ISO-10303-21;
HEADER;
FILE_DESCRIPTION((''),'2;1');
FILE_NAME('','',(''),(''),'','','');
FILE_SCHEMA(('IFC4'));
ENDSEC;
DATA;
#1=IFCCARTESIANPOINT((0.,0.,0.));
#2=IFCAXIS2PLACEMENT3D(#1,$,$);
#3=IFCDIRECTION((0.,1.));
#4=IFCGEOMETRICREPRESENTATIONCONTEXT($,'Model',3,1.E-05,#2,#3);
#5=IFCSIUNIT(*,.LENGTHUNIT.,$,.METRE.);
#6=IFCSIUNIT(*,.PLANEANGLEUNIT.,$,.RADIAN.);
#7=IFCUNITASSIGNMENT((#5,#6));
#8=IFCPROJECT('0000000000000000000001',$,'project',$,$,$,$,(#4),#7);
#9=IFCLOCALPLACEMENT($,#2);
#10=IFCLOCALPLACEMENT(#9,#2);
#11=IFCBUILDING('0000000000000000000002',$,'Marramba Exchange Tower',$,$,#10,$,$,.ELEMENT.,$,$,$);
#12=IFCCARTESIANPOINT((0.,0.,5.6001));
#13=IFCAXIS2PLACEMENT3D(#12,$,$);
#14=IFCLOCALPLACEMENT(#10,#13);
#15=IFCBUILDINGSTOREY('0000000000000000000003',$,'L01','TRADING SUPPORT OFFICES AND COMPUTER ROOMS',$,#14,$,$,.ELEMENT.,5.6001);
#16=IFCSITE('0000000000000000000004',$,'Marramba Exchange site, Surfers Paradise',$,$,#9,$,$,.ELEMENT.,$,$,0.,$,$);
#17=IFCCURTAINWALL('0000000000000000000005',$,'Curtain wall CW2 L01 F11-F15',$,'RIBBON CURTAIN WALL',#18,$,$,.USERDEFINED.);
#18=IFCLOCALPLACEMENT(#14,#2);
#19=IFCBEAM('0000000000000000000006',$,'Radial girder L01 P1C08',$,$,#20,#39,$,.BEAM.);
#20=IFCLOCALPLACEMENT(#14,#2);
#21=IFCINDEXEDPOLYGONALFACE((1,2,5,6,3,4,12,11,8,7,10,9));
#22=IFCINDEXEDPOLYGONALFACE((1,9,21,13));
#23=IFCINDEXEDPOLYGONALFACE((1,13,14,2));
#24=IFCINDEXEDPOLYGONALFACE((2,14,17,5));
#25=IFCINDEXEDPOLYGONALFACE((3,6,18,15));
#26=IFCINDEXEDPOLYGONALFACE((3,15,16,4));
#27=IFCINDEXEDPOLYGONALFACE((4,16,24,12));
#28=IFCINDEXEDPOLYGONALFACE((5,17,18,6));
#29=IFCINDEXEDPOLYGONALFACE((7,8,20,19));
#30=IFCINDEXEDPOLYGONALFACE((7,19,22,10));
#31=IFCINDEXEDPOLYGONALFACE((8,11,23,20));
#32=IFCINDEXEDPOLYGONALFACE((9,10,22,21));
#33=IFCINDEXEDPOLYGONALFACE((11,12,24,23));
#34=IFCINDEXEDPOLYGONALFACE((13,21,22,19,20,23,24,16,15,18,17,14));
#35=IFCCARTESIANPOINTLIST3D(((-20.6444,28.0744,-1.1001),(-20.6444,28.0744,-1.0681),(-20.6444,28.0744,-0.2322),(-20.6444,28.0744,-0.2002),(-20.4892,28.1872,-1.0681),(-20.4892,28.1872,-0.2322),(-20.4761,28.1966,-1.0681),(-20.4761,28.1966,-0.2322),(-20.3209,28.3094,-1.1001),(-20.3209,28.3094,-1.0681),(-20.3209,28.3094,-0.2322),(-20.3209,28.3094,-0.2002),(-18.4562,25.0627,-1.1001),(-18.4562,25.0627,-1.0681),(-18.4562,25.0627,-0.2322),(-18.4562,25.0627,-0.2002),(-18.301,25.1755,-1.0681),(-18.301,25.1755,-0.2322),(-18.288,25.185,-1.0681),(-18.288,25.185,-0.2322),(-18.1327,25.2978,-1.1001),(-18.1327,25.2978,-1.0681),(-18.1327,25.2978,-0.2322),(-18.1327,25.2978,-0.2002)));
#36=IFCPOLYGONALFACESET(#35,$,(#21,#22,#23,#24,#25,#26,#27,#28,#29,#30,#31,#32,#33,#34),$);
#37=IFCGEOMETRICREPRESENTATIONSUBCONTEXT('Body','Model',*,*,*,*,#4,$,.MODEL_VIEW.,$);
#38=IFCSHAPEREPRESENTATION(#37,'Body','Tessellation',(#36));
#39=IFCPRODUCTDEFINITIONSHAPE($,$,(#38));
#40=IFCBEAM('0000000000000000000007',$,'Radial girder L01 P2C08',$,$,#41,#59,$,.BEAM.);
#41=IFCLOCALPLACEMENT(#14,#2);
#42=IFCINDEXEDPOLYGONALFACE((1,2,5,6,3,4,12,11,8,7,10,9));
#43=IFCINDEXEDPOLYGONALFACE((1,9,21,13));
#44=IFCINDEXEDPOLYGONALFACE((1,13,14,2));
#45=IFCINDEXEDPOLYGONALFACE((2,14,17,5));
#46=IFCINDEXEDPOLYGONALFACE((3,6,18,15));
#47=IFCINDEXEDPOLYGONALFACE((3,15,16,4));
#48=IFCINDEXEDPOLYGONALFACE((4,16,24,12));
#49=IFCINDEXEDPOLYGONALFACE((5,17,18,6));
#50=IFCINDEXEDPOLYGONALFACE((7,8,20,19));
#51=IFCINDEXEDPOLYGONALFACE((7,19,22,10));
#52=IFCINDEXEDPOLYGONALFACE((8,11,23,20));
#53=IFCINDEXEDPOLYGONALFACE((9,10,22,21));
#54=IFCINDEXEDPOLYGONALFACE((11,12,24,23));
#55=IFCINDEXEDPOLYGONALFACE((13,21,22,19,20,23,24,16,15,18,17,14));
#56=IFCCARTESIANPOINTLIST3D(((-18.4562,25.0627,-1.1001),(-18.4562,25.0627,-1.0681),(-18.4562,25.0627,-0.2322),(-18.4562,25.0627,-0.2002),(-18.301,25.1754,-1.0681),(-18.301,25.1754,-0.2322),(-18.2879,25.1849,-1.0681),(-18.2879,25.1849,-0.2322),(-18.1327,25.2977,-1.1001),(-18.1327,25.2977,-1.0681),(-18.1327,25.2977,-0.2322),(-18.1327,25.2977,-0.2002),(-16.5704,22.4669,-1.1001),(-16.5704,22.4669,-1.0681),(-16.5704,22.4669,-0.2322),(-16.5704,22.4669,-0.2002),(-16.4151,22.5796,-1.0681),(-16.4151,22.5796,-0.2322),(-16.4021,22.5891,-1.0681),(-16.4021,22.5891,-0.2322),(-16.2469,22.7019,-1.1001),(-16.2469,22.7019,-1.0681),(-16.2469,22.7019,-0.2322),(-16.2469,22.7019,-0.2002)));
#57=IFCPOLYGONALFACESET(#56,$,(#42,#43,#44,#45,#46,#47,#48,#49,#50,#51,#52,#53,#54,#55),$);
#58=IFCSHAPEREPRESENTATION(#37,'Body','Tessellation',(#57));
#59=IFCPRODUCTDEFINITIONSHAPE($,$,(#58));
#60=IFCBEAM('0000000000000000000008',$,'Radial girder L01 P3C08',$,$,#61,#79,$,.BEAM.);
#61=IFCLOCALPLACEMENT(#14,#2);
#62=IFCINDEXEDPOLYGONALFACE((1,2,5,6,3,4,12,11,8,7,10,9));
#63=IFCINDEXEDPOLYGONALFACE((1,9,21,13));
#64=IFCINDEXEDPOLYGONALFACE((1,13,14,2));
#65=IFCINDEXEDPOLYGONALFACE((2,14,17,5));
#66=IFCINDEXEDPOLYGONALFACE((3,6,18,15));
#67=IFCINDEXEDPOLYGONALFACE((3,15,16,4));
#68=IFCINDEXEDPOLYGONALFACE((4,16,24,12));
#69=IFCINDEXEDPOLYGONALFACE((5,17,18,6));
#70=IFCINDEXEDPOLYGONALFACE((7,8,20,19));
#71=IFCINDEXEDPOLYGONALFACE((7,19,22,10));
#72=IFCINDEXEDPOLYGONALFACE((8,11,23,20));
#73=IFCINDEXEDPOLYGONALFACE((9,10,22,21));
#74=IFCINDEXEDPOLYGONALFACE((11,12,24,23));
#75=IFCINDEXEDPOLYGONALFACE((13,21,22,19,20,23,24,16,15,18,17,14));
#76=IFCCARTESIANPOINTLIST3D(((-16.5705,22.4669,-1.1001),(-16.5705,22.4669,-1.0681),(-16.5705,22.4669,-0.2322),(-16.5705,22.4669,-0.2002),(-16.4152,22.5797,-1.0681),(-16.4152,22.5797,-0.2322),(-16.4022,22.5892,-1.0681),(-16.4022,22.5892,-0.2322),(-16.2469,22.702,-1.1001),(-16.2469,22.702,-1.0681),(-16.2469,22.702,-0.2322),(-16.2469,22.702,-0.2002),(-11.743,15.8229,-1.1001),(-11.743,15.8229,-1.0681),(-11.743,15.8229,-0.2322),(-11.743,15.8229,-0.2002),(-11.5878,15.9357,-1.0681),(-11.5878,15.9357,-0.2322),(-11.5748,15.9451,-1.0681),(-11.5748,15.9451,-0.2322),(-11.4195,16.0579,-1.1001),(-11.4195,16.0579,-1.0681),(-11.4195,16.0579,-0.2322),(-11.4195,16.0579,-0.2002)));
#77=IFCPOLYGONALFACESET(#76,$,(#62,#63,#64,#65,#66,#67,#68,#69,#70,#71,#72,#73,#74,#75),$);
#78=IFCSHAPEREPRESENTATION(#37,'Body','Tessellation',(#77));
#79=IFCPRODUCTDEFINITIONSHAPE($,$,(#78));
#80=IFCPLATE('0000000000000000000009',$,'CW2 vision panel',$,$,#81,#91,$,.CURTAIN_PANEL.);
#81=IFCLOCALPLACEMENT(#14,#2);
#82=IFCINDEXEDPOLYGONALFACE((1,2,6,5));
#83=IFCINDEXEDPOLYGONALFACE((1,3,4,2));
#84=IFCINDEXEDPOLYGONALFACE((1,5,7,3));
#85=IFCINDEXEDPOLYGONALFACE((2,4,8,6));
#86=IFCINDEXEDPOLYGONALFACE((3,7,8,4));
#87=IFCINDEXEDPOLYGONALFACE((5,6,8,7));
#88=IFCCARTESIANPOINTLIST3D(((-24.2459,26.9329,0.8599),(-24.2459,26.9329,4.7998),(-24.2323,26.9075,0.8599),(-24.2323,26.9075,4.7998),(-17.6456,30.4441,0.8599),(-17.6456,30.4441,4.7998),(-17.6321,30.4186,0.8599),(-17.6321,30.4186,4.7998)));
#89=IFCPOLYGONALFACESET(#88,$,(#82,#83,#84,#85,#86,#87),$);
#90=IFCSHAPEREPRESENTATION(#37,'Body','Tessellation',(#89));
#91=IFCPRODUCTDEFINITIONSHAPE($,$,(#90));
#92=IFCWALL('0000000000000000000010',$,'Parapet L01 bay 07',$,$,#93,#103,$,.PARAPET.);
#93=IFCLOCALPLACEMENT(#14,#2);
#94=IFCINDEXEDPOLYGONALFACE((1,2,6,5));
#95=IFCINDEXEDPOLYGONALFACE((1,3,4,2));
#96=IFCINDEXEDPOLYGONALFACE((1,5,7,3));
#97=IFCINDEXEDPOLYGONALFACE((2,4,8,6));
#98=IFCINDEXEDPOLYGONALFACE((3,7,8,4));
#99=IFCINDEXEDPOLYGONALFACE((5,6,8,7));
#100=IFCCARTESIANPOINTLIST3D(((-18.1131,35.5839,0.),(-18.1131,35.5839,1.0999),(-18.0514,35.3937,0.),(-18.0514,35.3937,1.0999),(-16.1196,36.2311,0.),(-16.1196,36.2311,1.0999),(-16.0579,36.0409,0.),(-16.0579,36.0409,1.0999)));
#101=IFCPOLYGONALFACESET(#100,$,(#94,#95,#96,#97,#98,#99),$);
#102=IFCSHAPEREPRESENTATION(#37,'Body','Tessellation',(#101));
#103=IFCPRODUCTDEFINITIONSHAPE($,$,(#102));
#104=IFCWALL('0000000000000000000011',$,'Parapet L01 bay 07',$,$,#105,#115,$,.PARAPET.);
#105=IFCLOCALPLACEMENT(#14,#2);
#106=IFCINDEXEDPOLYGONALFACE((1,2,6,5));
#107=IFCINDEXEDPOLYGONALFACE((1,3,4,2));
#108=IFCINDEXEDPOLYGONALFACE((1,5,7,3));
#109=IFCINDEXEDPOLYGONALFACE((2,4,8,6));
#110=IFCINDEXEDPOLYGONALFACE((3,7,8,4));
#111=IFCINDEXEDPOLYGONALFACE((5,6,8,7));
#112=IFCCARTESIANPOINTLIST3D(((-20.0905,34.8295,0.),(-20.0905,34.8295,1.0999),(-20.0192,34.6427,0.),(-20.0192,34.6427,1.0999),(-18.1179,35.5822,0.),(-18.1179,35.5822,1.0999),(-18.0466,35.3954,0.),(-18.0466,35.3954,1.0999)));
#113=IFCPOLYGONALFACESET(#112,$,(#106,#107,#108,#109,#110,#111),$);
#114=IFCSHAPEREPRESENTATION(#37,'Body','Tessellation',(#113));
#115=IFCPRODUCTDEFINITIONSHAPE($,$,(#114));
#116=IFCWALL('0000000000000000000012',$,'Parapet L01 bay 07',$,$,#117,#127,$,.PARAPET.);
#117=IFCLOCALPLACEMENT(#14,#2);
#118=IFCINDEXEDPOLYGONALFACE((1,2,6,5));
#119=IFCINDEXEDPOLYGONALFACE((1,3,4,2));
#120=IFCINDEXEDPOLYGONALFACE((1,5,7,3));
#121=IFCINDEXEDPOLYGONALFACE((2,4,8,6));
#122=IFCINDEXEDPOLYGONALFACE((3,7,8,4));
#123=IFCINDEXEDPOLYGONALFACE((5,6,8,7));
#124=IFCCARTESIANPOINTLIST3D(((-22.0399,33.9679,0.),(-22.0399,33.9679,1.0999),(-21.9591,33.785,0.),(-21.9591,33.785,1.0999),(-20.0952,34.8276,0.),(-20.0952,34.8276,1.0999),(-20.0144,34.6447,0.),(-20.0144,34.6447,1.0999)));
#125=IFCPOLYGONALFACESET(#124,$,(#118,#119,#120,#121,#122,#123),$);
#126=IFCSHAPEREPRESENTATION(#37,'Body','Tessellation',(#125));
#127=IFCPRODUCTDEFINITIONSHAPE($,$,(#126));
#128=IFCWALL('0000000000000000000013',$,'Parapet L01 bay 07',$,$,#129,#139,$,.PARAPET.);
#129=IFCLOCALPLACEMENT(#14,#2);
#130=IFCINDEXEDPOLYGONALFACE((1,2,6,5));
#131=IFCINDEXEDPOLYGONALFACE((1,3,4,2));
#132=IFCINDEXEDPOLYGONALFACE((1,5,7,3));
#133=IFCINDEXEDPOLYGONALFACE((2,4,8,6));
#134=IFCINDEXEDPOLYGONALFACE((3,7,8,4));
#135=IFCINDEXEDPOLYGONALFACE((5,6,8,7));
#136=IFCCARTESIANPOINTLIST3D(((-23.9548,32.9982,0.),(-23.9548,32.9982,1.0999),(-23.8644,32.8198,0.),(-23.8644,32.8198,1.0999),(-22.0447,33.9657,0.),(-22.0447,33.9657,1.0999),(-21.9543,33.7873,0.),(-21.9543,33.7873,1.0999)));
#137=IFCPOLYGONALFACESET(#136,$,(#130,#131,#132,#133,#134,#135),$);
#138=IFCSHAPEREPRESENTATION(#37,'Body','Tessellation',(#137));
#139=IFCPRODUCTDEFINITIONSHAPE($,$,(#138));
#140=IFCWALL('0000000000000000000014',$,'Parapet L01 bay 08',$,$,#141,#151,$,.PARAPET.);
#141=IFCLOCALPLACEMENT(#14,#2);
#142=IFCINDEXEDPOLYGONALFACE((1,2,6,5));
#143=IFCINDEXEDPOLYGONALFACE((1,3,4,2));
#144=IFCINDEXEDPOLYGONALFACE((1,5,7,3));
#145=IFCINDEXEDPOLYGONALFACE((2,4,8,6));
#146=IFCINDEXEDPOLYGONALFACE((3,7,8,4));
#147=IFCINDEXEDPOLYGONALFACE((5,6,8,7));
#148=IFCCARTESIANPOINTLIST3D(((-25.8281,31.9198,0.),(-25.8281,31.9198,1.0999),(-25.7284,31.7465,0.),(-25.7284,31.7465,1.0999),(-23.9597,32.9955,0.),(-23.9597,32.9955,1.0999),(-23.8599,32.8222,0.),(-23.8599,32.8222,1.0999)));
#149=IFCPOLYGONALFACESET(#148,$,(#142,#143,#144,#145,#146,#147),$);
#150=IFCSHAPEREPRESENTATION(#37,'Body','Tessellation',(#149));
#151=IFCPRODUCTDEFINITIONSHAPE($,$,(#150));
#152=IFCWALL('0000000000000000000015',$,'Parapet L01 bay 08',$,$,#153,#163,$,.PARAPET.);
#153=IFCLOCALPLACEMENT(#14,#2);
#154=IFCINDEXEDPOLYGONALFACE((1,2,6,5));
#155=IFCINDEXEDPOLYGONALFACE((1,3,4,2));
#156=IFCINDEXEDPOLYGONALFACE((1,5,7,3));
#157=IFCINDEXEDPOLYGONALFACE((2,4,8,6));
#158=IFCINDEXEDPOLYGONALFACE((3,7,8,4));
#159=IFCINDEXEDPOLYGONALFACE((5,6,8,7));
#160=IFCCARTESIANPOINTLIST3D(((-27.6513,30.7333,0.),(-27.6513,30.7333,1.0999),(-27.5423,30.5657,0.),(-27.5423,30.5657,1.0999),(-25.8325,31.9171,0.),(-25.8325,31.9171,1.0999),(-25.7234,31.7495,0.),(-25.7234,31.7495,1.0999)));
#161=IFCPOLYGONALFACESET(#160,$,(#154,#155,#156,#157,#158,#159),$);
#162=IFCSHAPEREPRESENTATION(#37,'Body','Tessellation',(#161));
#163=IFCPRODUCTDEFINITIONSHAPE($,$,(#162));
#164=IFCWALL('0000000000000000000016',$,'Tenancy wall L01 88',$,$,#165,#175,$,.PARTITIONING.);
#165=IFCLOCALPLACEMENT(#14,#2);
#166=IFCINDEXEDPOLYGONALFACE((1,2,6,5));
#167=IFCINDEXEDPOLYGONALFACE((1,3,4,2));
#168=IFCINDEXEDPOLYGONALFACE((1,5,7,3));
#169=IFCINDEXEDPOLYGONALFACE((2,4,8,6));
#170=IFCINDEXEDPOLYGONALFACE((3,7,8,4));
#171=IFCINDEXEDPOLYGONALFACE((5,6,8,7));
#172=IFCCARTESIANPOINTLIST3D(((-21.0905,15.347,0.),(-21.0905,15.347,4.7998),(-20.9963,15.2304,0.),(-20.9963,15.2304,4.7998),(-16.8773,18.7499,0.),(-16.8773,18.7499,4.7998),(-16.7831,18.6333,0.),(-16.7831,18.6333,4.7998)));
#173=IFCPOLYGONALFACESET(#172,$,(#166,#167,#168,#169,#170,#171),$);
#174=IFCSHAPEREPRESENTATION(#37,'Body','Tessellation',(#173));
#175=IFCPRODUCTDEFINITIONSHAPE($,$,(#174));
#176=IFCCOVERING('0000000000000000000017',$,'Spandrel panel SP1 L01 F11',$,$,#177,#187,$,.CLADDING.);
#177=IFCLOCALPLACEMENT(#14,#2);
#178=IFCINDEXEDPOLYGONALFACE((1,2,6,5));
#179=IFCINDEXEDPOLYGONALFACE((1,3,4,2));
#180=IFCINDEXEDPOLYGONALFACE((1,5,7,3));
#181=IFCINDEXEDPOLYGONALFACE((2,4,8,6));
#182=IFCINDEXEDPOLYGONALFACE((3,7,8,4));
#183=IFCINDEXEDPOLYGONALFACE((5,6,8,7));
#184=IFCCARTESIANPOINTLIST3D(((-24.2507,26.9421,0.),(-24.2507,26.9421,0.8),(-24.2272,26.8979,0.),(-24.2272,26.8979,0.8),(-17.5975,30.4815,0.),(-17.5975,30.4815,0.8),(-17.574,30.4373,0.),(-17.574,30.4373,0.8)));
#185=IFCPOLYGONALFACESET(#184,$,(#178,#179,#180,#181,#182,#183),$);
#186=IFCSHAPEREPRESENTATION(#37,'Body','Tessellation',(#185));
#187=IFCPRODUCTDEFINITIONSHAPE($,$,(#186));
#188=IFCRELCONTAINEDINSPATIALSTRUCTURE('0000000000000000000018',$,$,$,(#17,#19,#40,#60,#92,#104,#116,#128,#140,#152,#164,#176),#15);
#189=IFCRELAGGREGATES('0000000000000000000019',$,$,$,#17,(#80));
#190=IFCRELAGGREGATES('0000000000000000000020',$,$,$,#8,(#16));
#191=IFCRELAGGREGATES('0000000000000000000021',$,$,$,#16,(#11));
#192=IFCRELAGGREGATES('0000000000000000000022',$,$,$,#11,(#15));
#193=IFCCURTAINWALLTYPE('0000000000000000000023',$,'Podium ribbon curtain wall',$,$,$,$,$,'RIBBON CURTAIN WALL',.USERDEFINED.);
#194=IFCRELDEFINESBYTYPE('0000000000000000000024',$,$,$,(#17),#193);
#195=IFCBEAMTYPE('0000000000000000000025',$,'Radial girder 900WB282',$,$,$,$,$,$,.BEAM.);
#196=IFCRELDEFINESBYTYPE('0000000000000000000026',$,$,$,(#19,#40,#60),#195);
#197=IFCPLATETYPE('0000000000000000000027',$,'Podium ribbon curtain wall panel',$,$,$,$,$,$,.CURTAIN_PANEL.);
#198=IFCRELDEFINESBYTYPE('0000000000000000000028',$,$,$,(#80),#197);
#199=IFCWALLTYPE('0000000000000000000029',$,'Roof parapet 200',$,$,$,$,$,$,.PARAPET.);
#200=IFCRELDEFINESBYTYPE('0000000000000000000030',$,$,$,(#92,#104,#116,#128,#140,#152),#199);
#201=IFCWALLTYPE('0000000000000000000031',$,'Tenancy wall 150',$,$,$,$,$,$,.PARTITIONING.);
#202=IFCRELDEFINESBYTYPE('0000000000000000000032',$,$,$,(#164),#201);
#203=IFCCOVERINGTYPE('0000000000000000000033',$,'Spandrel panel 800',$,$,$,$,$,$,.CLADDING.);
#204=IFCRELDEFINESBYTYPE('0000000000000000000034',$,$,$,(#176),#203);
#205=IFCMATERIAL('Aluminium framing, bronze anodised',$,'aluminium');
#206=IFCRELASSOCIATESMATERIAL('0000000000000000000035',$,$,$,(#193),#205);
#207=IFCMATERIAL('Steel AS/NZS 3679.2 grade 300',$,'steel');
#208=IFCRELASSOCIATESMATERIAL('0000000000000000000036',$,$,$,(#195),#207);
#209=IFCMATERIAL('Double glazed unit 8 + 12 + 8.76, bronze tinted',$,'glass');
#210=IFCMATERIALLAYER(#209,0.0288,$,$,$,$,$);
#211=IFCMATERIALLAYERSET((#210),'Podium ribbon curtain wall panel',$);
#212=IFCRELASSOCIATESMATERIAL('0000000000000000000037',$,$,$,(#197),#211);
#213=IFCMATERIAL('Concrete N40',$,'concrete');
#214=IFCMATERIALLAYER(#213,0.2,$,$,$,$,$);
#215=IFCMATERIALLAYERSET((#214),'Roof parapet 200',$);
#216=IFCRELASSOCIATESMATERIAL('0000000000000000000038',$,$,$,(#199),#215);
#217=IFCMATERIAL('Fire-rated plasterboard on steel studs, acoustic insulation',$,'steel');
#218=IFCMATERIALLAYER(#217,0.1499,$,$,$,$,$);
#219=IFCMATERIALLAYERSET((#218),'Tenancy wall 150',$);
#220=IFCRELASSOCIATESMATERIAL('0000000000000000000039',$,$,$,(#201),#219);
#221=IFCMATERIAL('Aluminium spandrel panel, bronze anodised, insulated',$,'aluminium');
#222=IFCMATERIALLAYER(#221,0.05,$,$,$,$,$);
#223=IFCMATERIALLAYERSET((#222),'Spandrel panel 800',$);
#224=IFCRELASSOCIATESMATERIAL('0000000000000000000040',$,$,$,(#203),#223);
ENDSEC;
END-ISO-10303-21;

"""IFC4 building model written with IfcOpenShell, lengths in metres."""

from ifc_helpers import new_model, si_unit, direction, frame, frame_2d, origin, origin_2d, place, context, subcontext, project, spatial, rectangle, i_section, extrude, material, layer, layer_set, material_profile, profile_set, type_object, element, aggregate, save


model = new_model("IFC4")

# Units and contexts
model_context = context("Model", 3, precision=1e-05, world=origin(), true_north=direction((0.0, 1.0)))
body_context = subcontext(model_context, "Body", "Model", "MODEL_VIEW")
ifc_project = project(units=[si_unit("LENGTHUNIT", "METRE"), si_unit("PLANEANGLEUNIT", "RADIAN")], contexts=[model_context])

# Site, building, storey
site_placement = place(None, origin())
site = spatial("IfcSite", under=ifc_project, at=site_placement, Name="Marramba Exchange site, Surfers Paradise", CompositionType="ELEMENT", RefElevation=0.0)
building_placement = place(site_placement, origin())
building = spatial("IfcBuilding", under=site, at=building_placement, Name="Marramba Exchange Tower", CompositionType="ELEMENT")
storey_placement = place(building_placement, frame((0.0, 0.0, 5.6001)))
storey = spatial("IfcBuildingStorey", under=building, at=storey_placement, Name="L01", Description="TRADING SUPPORT OFFICES AND COMPUTER ROOMS", CompositionType="ELEMENT", Elevation=5.6001)

# Curtain wall
ifc_material_1 = material(Name="Aluminium framing, bronze anodised", Category="aluminium")
curtain_wall_type = type_object("IfcCurtainWallType", Name="Podium ribbon curtain wall", ElementType="RIBBON CURTAIN WALL", PredefinedType="USERDEFINED", material=ifc_material_1)
curtain_wall_placement = place(storey_placement, origin())
curtain_wall = element("IfcCurtainWall", 1, at=curtain_wall_placement, inside=storey, type_object=curtain_wall_type, Name="Curtain wall CW2 L01 F11-F15", ObjectType="RIBBON CURTAIN WALL", PredefinedType="USERDEFINED")

# Beams
ifc_material_2 = material(Name="Steel AS/NZS 3679.2 grade 300", Category="steel")
ifc_material_profile_1 = material_profile(ifc_material_2, i_section(OverallWidth=0.3999, OverallDepth=0.8999, WebThickness=0.0161, FlangeThickness=0.032, at=origin_2d()), Name="900WB282")
ifc_profile_set_1 = profile_set([ifc_material_profile_1], Name="Steel AS/NZS 3679.2 grade 300")
beam_type_1 = type_object("IfcBeamType", Name="Radial girder 900WB282", PredefinedType="BEAM", material=ifc_profile_set_1)
beam_1_placement = place(storey_placement, frame((-20.4827, 28.1919, -0.6501), z_axis=(0.587801, -0.809005, 0.0), x_axis=(0.809005, 0.587801, 0.0)))
element("IfcBeam", 2, at=beam_1_placement, inside=storey, type_object=beam_type_1, Name="Radial girder L01 P1C08", PredefinedType="BEAM", context=body_context, shape_type="SweptSolid", body=[
    extrude(i_section(OverallWidth=0.3999, OverallDepth=0.8999, WebThickness=0.0161, FlangeThickness=0.032, at=origin_2d()), origin(), (0.0, 0.0, 1.0), 3.7227),
])
beam_2_placement = place(storey_placement, frame((-18.2944, 25.1802, -0.6501), z_axis=(0.587755, -0.809039, 0.0), x_axis=(0.809039, 0.587755, 0.0)))
element("IfcBeam", 3, at=beam_2_placement, inside=storey, type_object=beam_type_1, Name="Radial girder L01 P2C08", PredefinedType="BEAM", context=body_context, shape_type="SweptSolid", body=[
    extrude(i_section(OverallWidth=0.3999, OverallDepth=0.8999, WebThickness=0.0161, FlangeThickness=0.032, at=origin_2d()), origin(), (0.0, 0.0, 1.0), 3.2085),
])
beam_3_placement = place(storey_placement, frame((-16.4087, 22.5845, -0.6501), z_axis=(0.587802, -0.809005, 0.0), x_axis=(0.809005, 0.587802, 0.0)))
element("IfcBeam", 4, at=beam_3_placement, inside=storey, type_object=beam_type_1, Name="Radial girder L01 P3C08", PredefinedType="BEAM", context=body_context, shape_type="SweptSolid", body=[
    extrude(i_section(OverallWidth=0.3999, OverallDepth=0.8999, WebThickness=0.0161, FlangeThickness=0.032, at=origin_2d()), origin(), (0.0, 0.0, 1.0), 8.2126),
])

# Plate
ifc_material_3 = material(Name="Double glazed unit 8 + 12 + 8.76, bronze tinted", Category="glass")
ifc_layer_1 = layer(ifc_material_3, 0.0288)
ifc_layer_set_1 = layer_set([ifc_layer_1], Name="Podium ribbon curtain wall panel")
plate_type = type_object("IfcPlateType", Name="Podium ribbon curtain wall panel", PredefinedType="CURTAIN_PANEL", material=ifc_layer_set_1)
plate_placement = place(storey_placement, frame((-20.939, 28.6758, 0.8599), z_axis=(0.0, 0.0, 1.0), x_axis=(-0.882851, -0.469654, 0.0)))
plate = element("IfcPlate", 5, at=plate_placement, type_object=plate_type, Name="CW2 vision panel", PredefinedType="CURTAIN_PANEL", context=body_context, shape_type="SweptSolid", body=[
    extrude(rectangle(XDim=7.4761, YDim=0.0288, at=origin_2d()), origin(), (0.0, 0.0, 1.0), 3.9399),
])
aggregate(curtain_wall, [plate])

# Walls
ifc_material_4 = material(Name="Concrete N40", Category="concrete")
ifc_layer_2 = layer(ifc_material_4, 0.2)
ifc_layer_set_2 = layer_set([ifc_layer_2], Name="Roof parapet 200")
wall_type_1 = type_object("IfcWallType", Name="Roof parapet 200", PredefinedType="PARAPET", material=ifc_layer_set_2)
wall_1_placement = place(storey_placement, frame((-16.0889, 36.136, 0.0), z_axis=(0.0, 0.0, 1.0), x_axis=(-0.951124, -0.308809, 0.0)))
element("IfcWall", 6, at=wall_1_placement, inside=storey, type_object=wall_type_1, Name="Parapet L01 bay 07", PredefinedType="PARAPET", context=body_context, shape_type="SweptSolid", body=[
    extrude(rectangle(XDim=2.0959, YDim=0.2, at=frame_2d((1.0479, 0.0))), origin(), (0.0, 0.0, 1.0), 1.0999),
])
wall_2_placement = place(storey_placement, frame((-18.0823, 35.4888, 0.0), z_axis=(0.0, 0.0, 1.0), x_axis=(-0.934299, -0.356491, 0.0)))
element("IfcWall", 7, at=wall_2_placement, inside=storey, type_object=wall_type_1, Name="Parapet L01 bay 07", PredefinedType="PARAPET", context=body_context, shape_type="SweptSolid", body=[
    extrude(rectangle(XDim=2.1113, YDim=0.2, at=frame_2d((1.0557, 0.0))), origin(), (0.0, 0.0, 1.0), 1.0999),
])
wall_3_placement = place(storey_placement, frame((-20.0549, 34.7361, 0.0), z_axis=(0.0, 0.0, 1.0), x_axis=(-0.914619, -0.404316, 0.0)))
element("IfcWall", 8, at=wall_3_placement, inside=storey, type_object=wall_type_1, Name="Parapet L01 bay 07", PredefinedType="PARAPET", context=body_context, shape_type="SweptSolid", body=[
    extrude(rectangle(XDim=2.1262, YDim=0.2, at=frame_2d((1.063, 0.0))), origin(), (0.0, 0.0, 1.0), 1.0999),
])
wall_4_placement = place(storey_placement, frame((-21.9995, 33.8765, 0.0), z_axis=(0.0, 0.0, 1.0), x_axis=(-0.892089, -0.45186, 0.0)))
element("IfcWall", 9, at=wall_4_placement, inside=storey, type_object=wall_type_1, Name="Parapet L01 bay 07", PredefinedType="PARAPET", context=body_context, shape_type="SweptSolid", body=[
    extrude(rectangle(XDim=2.1411, YDim=0.2, at=frame_2d((1.0706, 0.0))), origin(), (0.0, 0.0, 1.0), 1.0999),
])
wall_5_placement = place(storey_placement, frame((-23.9097, 32.9089, 0.0), z_axis=(0.0, 0.0, 1.0), x_axis=(-0.866636, -0.498941, 0.0)))
element("IfcWall", 10, at=wall_5_placement, inside=storey, type_object=wall_type_1, Name="Parapet L01 bay 08", PredefinedType="PARAPET", context=body_context, shape_type="SweptSolid", body=[
    extrude(rectangle(XDim=2.156, YDim=0.2, at=frame_2d((1.0781, 0.0))), origin(), (0.0, 0.0, 1.0), 1.0999),
])
wall_6_placement = place(storey_placement, frame((-25.7781, 31.8333, 0.0), z_axis=(0.0, 0.0, 1.0), x_axis=(-0.838109, -0.545502, 0.0)))
element("IfcWall", 11, at=wall_6_placement, inside=storey, type_object=wall_type_1, Name="Parapet L01 bay 08", PredefinedType="PARAPET", context=body_context, shape_type="SweptSolid", body=[
    extrude(rectangle(XDim=2.1702, YDim=0.2, at=frame_2d((1.085, 0.0))), origin(), (0.0, 0.0, 1.0), 1.0999),
])
ifc_material_5 = material(Name="Fire-rated plasterboard on steel studs, acoustic insulation", Category="steel")
ifc_layer_3 = layer(ifc_material_5, 0.1499)
ifc_layer_set_3 = layer_set([ifc_layer_3], Name="Tenancy wall 150")
wall_type_2 = type_object("IfcWallType", Name="Tenancy wall 150", PredefinedType="PARTITIONING", material=ifc_layer_set_3)
wall_7_placement = place(storey_placement, frame((-16.8301, 18.6917, 0.0), z_axis=(0.0, 0.0, 1.0), x_axis=(-0.777949, -0.628328, 0.0)))
element("IfcWall", 12, at=wall_7_placement, inside=storey, type_object=wall_type_2, Name="Tenancy wall L01 88", PredefinedType="PARTITIONING", context=body_context, shape_type="SweptSolid", body=[
    extrude(rectangle(XDim=5.4158, YDim=0.1499, at=frame_2d((2.708, 0.0))), origin(), (0.0, 0.0, 1.0), 4.7998),
])

# Covering
ifc_material_6 = material(Name="Aluminium spandrel panel, bronze anodised, insulated", Category="aluminium")
ifc_layer_4 = layer(ifc_material_6, 0.05)
ifc_layer_set_4 = layer_set([ifc_layer_4], Name="Spandrel panel 800")
covering_type = type_object("IfcCoveringType", Name="Spandrel panel 800", PredefinedType="CLADDING", material=ifc_layer_set_4)
covering_placement = place(storey_placement, frame((-20.9124, 28.6897, 0.0), z_axis=(0.0, 0.0, 1.0), x_axis=(-0.882851, -0.469654, 0.0)))
element("IfcCovering", 13, at=covering_placement, inside=storey, type_object=covering_type, Name="Spandrel panel SP1 L01 F11", PredefinedType="CLADDING", context=body_context, shape_type="SweptSolid", body=[
    extrude(rectangle(XDim=7.5361, YDim=0.05, at=origin_2d()), origin(), (0.0, 0.0, 1.0), 0.8),
])

save(model, "model.ifc")
